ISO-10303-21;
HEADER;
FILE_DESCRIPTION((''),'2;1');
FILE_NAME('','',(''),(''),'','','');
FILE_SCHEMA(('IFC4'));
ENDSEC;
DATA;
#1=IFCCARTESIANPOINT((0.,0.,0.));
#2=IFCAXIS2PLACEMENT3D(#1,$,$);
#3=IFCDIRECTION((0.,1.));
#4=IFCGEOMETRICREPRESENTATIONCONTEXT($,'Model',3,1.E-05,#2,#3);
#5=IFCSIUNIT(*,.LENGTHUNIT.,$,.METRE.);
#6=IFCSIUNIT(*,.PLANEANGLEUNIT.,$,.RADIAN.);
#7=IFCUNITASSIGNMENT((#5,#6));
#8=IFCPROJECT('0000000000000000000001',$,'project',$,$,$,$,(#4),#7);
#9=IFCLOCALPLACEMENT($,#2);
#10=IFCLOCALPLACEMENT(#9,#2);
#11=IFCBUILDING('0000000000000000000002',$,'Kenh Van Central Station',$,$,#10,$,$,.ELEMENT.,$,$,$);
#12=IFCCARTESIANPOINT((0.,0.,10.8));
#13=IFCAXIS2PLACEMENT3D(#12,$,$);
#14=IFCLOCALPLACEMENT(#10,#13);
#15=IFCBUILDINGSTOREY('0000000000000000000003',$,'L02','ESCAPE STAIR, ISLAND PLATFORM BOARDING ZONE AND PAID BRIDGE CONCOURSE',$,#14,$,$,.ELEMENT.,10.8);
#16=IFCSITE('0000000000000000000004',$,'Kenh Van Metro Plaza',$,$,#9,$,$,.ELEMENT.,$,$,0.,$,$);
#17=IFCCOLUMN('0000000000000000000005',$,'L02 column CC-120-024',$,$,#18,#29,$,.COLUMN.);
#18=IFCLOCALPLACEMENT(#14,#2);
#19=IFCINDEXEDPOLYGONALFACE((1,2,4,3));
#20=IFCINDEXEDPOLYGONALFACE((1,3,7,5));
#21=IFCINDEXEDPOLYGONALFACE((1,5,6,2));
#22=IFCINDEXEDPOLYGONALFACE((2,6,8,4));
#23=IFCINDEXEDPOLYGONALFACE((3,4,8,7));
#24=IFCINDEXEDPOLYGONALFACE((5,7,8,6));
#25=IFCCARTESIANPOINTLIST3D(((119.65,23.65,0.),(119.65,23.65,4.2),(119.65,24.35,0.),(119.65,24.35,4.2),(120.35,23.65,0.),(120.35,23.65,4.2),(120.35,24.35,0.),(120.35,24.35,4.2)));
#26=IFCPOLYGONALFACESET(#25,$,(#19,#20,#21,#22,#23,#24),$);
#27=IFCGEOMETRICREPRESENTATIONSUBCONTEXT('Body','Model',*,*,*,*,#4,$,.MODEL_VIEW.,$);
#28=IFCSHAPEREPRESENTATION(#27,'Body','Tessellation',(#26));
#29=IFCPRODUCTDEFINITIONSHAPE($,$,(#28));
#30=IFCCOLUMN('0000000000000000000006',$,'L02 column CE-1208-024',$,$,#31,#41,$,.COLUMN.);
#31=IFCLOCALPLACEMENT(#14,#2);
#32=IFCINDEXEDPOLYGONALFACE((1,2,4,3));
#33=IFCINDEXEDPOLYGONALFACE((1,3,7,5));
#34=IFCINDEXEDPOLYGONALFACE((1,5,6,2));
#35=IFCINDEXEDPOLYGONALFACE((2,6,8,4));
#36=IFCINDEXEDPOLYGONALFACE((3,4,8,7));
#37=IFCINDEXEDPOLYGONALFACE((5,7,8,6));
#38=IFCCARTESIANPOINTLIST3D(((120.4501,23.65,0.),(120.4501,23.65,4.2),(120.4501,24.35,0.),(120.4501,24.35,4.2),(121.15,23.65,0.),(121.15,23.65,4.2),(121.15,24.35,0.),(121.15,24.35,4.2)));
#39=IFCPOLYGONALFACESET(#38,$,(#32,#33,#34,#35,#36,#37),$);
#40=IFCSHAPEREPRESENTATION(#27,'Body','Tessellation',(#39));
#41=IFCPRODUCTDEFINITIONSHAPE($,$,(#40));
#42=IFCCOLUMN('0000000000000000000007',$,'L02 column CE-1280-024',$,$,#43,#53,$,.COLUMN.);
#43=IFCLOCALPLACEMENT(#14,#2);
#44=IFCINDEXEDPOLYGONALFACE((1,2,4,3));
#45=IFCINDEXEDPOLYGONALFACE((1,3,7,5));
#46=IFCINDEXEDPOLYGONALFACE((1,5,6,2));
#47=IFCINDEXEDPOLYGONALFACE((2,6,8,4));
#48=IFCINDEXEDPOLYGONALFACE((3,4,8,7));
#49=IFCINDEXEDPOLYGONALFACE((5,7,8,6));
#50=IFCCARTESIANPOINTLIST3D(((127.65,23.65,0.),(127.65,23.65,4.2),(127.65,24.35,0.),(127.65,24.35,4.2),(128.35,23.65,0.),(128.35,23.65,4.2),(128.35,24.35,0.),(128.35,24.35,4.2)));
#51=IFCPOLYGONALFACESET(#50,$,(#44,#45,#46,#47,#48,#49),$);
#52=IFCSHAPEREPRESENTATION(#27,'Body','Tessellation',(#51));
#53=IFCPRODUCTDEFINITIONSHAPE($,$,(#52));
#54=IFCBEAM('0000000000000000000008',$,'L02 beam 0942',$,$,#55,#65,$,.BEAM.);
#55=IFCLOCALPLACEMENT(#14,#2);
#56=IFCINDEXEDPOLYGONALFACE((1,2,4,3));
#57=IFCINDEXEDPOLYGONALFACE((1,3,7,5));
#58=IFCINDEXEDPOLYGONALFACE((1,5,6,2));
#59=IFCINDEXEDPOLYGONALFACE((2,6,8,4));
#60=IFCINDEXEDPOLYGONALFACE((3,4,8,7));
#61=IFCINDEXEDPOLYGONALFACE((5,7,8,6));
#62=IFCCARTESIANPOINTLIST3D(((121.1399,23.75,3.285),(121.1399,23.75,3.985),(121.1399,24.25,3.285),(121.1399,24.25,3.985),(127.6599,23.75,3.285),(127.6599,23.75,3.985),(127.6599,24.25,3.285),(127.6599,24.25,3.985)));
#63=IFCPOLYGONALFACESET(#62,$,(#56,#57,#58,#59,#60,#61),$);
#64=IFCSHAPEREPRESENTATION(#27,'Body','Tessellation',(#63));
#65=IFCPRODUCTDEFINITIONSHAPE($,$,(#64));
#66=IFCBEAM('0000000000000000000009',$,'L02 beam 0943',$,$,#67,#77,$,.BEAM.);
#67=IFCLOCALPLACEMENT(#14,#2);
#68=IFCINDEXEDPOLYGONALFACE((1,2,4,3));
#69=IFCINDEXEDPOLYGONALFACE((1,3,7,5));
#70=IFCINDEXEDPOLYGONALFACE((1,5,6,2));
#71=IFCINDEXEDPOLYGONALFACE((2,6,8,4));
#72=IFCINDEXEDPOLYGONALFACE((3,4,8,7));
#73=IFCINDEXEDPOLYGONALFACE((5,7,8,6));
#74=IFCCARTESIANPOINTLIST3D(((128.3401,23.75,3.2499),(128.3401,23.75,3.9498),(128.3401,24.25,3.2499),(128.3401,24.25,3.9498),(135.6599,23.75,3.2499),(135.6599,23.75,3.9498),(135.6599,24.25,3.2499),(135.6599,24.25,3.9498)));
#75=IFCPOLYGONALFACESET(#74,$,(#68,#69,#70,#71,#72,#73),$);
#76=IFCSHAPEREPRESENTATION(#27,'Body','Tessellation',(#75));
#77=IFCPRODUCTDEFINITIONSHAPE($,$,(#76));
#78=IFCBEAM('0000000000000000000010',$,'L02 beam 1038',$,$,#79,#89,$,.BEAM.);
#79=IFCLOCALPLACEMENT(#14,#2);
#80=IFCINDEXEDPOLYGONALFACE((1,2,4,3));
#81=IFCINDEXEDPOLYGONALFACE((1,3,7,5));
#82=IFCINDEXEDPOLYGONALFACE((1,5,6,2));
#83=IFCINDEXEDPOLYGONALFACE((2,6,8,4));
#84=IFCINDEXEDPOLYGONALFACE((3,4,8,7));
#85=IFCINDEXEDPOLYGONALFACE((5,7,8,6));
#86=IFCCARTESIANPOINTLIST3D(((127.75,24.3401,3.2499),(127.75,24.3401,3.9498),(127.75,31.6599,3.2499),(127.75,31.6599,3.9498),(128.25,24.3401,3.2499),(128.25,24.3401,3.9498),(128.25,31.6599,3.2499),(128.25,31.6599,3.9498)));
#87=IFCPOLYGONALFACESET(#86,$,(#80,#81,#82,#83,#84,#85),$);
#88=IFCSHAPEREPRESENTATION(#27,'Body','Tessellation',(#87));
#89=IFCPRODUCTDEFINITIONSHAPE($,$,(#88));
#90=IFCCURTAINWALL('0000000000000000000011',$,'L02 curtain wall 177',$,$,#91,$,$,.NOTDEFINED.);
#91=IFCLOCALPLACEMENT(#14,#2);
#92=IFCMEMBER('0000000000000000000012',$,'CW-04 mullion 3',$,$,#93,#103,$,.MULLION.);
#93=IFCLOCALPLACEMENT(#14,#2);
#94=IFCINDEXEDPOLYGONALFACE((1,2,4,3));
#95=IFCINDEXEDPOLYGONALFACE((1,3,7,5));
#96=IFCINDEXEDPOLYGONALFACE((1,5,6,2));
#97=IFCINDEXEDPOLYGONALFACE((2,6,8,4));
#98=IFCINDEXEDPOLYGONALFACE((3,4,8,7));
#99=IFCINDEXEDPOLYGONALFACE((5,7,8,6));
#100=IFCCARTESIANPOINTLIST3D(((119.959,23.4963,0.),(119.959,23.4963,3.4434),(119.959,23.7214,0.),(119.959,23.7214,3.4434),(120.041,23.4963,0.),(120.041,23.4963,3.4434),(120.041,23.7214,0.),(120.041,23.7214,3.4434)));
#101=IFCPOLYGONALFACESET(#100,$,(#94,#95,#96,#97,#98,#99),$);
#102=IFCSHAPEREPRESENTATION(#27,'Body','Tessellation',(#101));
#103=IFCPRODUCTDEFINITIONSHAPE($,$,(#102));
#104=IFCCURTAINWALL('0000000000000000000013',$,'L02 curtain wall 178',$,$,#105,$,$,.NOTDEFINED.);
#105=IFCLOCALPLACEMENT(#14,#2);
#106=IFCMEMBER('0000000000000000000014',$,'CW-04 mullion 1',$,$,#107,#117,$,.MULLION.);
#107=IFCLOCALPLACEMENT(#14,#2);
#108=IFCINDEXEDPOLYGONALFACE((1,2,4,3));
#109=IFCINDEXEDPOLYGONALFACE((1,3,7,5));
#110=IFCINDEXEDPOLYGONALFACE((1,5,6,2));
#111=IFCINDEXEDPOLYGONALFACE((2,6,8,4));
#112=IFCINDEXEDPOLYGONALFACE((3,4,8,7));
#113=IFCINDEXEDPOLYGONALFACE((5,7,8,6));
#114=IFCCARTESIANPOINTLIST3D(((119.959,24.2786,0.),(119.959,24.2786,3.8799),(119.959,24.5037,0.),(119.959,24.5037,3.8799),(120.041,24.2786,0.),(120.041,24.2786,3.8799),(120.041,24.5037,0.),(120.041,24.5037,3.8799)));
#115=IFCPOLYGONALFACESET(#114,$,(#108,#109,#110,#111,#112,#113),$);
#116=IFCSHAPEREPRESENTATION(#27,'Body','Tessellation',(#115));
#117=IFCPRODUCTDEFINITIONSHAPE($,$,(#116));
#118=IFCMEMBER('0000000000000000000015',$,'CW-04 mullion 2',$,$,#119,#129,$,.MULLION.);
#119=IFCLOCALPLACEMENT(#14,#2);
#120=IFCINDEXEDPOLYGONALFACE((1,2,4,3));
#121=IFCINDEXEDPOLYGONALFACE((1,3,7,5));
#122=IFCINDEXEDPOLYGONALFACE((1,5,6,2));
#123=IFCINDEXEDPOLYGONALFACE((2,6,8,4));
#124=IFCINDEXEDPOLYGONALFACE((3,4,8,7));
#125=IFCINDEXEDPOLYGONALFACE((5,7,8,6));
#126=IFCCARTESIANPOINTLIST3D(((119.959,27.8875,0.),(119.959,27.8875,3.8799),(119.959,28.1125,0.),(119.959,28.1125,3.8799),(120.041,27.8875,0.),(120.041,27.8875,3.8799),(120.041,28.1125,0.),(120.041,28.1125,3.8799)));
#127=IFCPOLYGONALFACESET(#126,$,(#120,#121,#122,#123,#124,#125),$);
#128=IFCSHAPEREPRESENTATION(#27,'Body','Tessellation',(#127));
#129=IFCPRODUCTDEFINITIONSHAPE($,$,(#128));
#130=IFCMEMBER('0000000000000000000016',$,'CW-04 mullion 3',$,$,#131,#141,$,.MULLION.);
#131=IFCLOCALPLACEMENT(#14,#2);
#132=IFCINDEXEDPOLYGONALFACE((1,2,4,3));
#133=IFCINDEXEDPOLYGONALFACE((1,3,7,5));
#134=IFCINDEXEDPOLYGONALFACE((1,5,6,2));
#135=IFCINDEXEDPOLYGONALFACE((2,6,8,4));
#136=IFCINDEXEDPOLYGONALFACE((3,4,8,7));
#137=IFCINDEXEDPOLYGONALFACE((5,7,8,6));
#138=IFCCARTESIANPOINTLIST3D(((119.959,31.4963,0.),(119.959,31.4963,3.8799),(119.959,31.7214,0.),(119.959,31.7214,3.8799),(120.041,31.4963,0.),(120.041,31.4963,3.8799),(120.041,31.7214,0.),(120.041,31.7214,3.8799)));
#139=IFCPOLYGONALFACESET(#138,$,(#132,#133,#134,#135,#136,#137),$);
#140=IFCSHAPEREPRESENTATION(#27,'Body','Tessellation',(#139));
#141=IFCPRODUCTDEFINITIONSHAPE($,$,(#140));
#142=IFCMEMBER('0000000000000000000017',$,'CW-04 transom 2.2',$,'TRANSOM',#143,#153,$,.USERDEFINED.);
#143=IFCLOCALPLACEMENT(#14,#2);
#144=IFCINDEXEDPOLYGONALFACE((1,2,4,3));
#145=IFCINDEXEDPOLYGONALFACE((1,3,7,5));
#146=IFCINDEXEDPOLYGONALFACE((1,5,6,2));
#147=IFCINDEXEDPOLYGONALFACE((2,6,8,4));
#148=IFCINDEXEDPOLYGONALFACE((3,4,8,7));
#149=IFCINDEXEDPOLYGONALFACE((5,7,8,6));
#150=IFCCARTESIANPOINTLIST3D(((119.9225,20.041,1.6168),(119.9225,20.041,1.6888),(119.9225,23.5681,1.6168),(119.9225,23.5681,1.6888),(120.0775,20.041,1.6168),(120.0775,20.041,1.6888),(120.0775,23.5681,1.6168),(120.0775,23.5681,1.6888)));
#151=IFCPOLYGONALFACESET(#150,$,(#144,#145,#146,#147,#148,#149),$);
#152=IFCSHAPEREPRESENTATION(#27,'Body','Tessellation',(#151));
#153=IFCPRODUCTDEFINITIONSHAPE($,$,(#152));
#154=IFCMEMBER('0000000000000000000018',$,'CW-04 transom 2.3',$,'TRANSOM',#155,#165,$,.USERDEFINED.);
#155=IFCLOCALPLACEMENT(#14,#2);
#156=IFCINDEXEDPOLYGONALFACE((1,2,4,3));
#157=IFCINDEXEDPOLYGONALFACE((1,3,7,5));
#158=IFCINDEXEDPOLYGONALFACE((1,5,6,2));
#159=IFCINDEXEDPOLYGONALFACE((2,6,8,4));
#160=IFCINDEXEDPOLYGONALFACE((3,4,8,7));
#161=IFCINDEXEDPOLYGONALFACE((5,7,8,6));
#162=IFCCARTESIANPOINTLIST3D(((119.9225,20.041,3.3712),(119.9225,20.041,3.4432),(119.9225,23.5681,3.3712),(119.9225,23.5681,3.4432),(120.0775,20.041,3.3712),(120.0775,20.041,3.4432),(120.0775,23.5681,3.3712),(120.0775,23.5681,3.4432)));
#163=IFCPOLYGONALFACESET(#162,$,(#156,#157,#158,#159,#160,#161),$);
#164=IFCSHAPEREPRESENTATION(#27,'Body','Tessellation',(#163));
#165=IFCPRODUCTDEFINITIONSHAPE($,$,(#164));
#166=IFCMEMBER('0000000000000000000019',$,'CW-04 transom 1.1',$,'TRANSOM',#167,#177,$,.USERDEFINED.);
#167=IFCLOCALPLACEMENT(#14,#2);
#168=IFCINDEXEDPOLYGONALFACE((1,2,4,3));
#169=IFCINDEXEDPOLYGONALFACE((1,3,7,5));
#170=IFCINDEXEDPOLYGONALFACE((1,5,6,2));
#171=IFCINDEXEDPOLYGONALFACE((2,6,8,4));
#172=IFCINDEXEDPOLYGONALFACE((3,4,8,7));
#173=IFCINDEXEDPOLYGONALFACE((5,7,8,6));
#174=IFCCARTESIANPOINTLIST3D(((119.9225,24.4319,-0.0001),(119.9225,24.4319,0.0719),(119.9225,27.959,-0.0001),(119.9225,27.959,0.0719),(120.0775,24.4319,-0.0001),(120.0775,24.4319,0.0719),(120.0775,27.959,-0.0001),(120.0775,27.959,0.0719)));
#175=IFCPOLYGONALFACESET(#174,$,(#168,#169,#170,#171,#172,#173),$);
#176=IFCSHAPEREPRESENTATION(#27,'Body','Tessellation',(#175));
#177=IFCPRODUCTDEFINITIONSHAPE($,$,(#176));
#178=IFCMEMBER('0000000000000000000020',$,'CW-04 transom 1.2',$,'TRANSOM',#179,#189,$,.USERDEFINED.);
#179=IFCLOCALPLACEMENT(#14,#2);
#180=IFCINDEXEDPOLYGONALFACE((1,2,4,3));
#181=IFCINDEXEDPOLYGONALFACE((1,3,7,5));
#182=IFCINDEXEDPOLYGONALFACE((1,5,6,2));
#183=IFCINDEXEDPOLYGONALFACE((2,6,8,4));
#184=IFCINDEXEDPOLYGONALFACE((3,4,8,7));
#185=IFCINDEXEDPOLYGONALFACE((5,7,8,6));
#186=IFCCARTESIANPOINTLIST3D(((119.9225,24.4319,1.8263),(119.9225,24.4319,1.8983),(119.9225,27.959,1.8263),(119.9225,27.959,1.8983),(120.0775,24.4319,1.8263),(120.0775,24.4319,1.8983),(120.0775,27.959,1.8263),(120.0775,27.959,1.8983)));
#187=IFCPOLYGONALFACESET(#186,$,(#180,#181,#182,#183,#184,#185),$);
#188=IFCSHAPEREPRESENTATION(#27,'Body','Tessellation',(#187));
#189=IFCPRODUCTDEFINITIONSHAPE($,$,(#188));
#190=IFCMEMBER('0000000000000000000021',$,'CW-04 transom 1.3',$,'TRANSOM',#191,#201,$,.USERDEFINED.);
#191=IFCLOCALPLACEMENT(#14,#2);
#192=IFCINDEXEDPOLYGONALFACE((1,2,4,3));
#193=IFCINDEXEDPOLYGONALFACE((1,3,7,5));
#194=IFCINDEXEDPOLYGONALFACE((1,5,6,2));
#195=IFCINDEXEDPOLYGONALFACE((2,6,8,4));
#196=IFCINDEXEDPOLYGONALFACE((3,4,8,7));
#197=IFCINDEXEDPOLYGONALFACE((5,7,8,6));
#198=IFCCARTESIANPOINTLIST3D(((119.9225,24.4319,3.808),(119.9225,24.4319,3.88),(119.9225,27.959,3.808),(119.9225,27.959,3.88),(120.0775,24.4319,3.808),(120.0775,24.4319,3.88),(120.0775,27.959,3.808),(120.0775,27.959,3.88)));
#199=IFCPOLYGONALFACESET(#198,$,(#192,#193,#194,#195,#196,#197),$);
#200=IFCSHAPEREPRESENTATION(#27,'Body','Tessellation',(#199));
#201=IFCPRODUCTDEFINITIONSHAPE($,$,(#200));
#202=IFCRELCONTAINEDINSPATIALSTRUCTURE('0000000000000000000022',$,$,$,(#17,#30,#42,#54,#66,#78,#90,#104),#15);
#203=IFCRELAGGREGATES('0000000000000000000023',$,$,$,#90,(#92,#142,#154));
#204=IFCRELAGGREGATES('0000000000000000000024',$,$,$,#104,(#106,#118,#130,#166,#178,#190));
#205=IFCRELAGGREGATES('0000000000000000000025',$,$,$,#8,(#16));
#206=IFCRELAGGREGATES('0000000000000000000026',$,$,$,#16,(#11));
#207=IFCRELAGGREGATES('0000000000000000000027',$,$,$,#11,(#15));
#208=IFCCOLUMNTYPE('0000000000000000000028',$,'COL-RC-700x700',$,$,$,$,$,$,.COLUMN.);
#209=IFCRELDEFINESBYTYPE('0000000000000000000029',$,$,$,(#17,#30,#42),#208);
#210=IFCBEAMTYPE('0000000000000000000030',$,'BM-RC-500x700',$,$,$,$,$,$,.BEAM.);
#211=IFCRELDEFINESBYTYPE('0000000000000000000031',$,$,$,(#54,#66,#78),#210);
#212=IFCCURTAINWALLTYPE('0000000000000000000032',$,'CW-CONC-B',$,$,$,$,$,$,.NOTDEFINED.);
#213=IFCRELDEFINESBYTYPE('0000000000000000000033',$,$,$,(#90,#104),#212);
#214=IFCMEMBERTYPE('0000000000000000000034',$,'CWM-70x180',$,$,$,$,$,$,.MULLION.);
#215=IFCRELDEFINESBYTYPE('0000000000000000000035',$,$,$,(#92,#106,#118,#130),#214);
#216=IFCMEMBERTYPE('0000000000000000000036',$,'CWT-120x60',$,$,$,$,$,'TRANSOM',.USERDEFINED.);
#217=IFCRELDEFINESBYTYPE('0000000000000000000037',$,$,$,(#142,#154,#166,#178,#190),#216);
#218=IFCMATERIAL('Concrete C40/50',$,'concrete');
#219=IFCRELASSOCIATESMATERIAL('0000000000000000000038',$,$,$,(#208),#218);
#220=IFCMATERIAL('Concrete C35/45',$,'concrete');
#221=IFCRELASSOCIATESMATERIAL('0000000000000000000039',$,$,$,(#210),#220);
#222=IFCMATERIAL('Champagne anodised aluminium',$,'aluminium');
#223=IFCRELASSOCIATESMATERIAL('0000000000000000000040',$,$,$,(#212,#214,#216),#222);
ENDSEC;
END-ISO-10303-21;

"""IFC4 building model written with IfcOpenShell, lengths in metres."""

from ifc_helpers import new_model, si_unit, direction, frame, origin, origin_2d, place, context, subcontext, project, spatial, rectangle, extrude, material, material_profile, profile_set, type_object, element, aggregate, save


model = new_model("IFC4")

# Units and contexts
model_context = context("Model", 3, precision=1e-05, world=origin(), true_north=direction((0.0, 1.0)))
body_context = subcontext(model_context, "Body", "Model", "MODEL_VIEW")
ifc_project = project(units=[si_unit("LENGTHUNIT", "METRE"), si_unit("PLANEANGLEUNIT", "RADIAN")], contexts=[model_context])

# Site, building, storey
site_placement = place(None, origin())
site = spatial("IfcSite", under=ifc_project, at=site_placement, Name="Kenh Van Metro Plaza", CompositionType="ELEMENT", RefElevation=0.0)
building_placement = place(site_placement, origin())
building = spatial("IfcBuilding", under=site, at=building_placement, Name="Kenh Van Central Station", CompositionType="ELEMENT")
storey_placement = place(building_placement, frame((0.0, 0.0, 10.8)))
storey = spatial("IfcBuildingStorey", under=building, at=storey_placement, Name="L02", Description="ESCAPE STAIR, ISLAND PLATFORM BOARDING ZONE AND PAID BRIDGE CONCOURSE", CompositionType="ELEMENT", Elevation=10.8)

# Columns
ifc_material_1 = material(Name="Concrete C40/50", Category="concrete")
ifc_material_profile_1 = material_profile(ifc_material_1, rectangle(XDim=0.7, YDim=0.7, at=origin_2d()), Name="RC 700x700")
ifc_profile_set_1 = profile_set([ifc_material_profile_1], Name="Concrete C40/50")
column_type = type_object("IfcColumnType", Name="COL-RC-700x700", PredefinedType="COLUMN", material=ifc_profile_set_1)
for number, where, z_axis, x_axis, name in (
    (1, (120.0, 24.0, 0.0), (0.0, 0.0, 1.0), (1.0, 0.0, 0.0), "L02 column CC-120-024"),
    (2, (120.8, 24.0, 0.0), (0.0, 0.0, 1.0), (1.0, 0.0, 0.0), "L02 column CE-1208-024"),
    (3, (128.0, 24.0, 0.0), (0.0, 0.0, 1.0), (1.0, 0.0, 0.0), "L02 column CE-1280-024"),
):
    element("IfcColumn", number, at=place(storey_placement, frame(where, z_axis=z_axis, x_axis=x_axis)), inside=storey, type_object=column_type, Name=name, PredefinedType="COLUMN", context=body_context, shape_type="SweptSolid", body=[
        extrude(rectangle(XDim=0.7, YDim=0.7, at=origin_2d()), origin(), (0.0, 0.0, 1.0), 4.2),
    ])

# Beams
ifc_material_2 = material(Name="Concrete C35/45", Category="concrete")
ifc_material_profile_2 = material_profile(ifc_material_2, rectangle(XDim=0.5, YDim=0.7, at=origin_2d()), Name="RC 500x700")
ifc_profile_set_2 = profile_set([ifc_material_profile_2], Name="Concrete C35/45")
beam_type_1 = type_object("IfcBeamType", Name="BM-RC-500x700", PredefinedType="BEAM", material=ifc_profile_set_2)
beam_1_placement = place(storey_placement, frame((121.1399, 24.0, 3.635), z_axis=(1.0, 0.0, 0.0), x_axis=(0.0, 1.0, 0.0)))
element("IfcBeam", 4, at=beam_1_placement, inside=storey, type_object=beam_type_1, Name="L02 beam 0942", PredefinedType="BEAM", context=body_context, shape_type="SweptSolid", body=[
    extrude(rectangle(XDim=0.5, YDim=0.7, at=origin_2d()), origin(), (0.0, 0.0, 1.0), 6.52),
])
for number, where, z_axis, x_axis, name in (
    (5, (128.3401, 24.0, 3.5999), (1.0, 0.0, 0.0), (0.0, 1.0, 0.0), "L02 beam 0943"),
    (6, (128.0, 24.3401, 3.5999), (0.0, 1.0, 0.0), (-1.0, 0.0, 0.0), "L02 beam 1038"),
):
    element("IfcBeam", number, at=place(storey_placement, frame(where, z_axis=z_axis, x_axis=x_axis)), inside=storey, type_object=beam_type_1, Name=name, PredefinedType="BEAM", context=body_context, shape_type="SweptSolid", body=[
        extrude(rectangle(XDim=0.5, YDim=0.7, at=origin_2d()), origin(), (0.0, 0.0, 1.0), 7.3198),
    ])

# Curtain wall, member
ifc_material_3 = material(Name="Champagne anodised aluminium", Category="aluminium")
curtain_wall_type = type_object("IfcCurtainWallType", Name="CW-CONC-B", PredefinedType="NOTDEFINED", material=ifc_material_3)
curtain_wall_1_placement = place(storey_placement, origin())
curtain_wall_1 = element("IfcCurtainWall", 7, at=curtain_wall_1_placement, inside=storey, type_object=curtain_wall_type, Name="L02 curtain wall 177", PredefinedType="NOTDEFINED")
ifc_material_profile_3 = material_profile(ifc_material_3, rectangle(XDim=0.082, YDim=0.2251, at=origin_2d()), Name="AL 82x225")
ifc_profile_set_3 = profile_set([ifc_material_profile_3], Name="Champagne anodised aluminium")
member_type_1 = type_object("IfcMemberType", Name="CWM-70x180", PredefinedType="MULLION", material=ifc_profile_set_3)
member_1_placement = place(storey_placement, frame((120.0, 23.6089, 0.0), z_axis=(0.0, 0.0, 1.0), x_axis=(-1.0, 0.0, 0.0)))
member_1 = element("IfcMember", 8, at=member_1_placement, type_object=member_type_1, Name="CW-04 mullion 3", PredefinedType="MULLION", context=body_context, shape_type="SweptSolid", body=[
    extrude(rectangle(XDim=0.082, YDim=0.2251, at=origin_2d()), origin(), (0.0, 0.0, 1.0), 3.4434),
])

# Curtain wall, members
curtain_wall_2_placement = place(storey_placement, origin())
curtain_wall_2 = element("IfcCurtainWall", 9, at=curtain_wall_2_placement, inside=storey, type_object=curtain_wall_type, Name="L02 curtain wall 178", PredefinedType="NOTDEFINED")
member_2_placement = place(storey_placement, frame((120.0, 24.3911, 0.0), z_axis=(0.0, 0.0, 1.0), x_axis=(-1.0, 0.0, 0.0)))
member_2 = element("IfcMember", 10, at=member_2_placement, type_object=member_type_1, Name="CW-04 mullion 1", PredefinedType="MULLION", context=body_context, shape_type="SweptSolid", body=[
    extrude(rectangle(XDim=0.082, YDim=0.2251, at=origin_2d()), origin(), (0.0, 0.0, 1.0), 3.8799),
])
member_3_placement = place(storey_placement, frame((120.0, 28.0, 0.0), z_axis=(0.0, 0.0, 1.0), x_axis=(-1.0, 0.0, 0.0)))
member_3 = element("IfcMember", 11, at=member_3_placement, type_object=member_type_1, Name="CW-04 mullion 2", PredefinedType="MULLION", context=body_context, shape_type="SweptSolid", body=[
    extrude(rectangle(XDim=0.082, YDim=0.2251, at=origin_2d()), origin(), (0.0, 0.0, 1.0), 3.8799),
])
member_4_placement = place(storey_placement, frame((120.0, 31.6089, 0.0), z_axis=(0.0, 0.0, 1.0), x_axis=(-1.0, 0.0, 0.0)))
member_4 = element("IfcMember", 12, at=member_4_placement, type_object=member_type_1, Name="CW-04 mullion 3", PredefinedType="MULLION", context=body_context, shape_type="SweptSolid", body=[
    extrude(rectangle(XDim=0.082, YDim=0.2251, at=origin_2d()), origin(), (0.0, 0.0, 1.0), 3.8799),
])

# Members
ifc_material_profile_4 = material_profile(ifc_material_3, rectangle(XDim=0.155, YDim=0.072, at=origin_2d()), Name="AL 155x72")
ifc_profile_set_4 = profile_set([ifc_material_profile_4], Name="Champagne anodised aluminium")
member_type_2 = type_object("IfcMemberType", Name="CWT-120x60", ElementType="TRANSOM", PredefinedType="USERDEFINED", material=ifc_profile_set_4)
member_5_placement = place(storey_placement, frame((120.0, 20.041, 1.6528), z_axis=(0.0, 1.0, 0.0), x_axis=(-1.0, 0.0, 0.0)))
member_5 = element("IfcMember", 13, at=member_5_placement, type_object=member_type_2, Name="CW-04 transom 2.2", ObjectType="TRANSOM", PredefinedType="USERDEFINED", context=body_context, shape_type="SweptSolid", body=[
    extrude(rectangle(XDim=0.155, YDim=0.072, at=origin_2d()), origin(), (0.0, 0.0, 1.0), 3.5271),
])
member_6_placement = place(storey_placement, frame((120.0, 20.041, 3.4072), z_axis=(0.0, 1.0, 0.0), x_axis=(-1.0, 0.0, 0.0)))
member_6 = element("IfcMember", 14, at=member_6_placement, type_object=member_type_2, Name="CW-04 transom 2.3", ObjectType="TRANSOM", PredefinedType="USERDEFINED", context=body_context, shape_type="SweptSolid", body=[
    extrude(rectangle(XDim=0.155, YDim=0.072, at=origin_2d()), origin(), (0.0, 0.0, 1.0), 3.5271),
])
member_7_placement = place(storey_placement, frame((120.0, 24.4319, 0.0359), z_axis=(0.0, 1.0, 0.0), x_axis=(-1.0, 0.0, 0.0)))
member_7 = element("IfcMember", 15, at=member_7_placement, type_object=member_type_2, Name="CW-04 transom 1.1", ObjectType="TRANSOM", PredefinedType="USERDEFINED", context=body_context, shape_type="SweptSolid", body=[
    extrude(rectangle(XDim=0.155, YDim=0.072, at=origin_2d()), origin(), (0.0, 0.0, 1.0), 3.5271),
])
member_8_placement = place(storey_placement, frame((120.0, 24.4319, 1.8623), z_axis=(0.0, 1.0, 0.0), x_axis=(-1.0, 0.0, 0.0)))
member_8 = element("IfcMember", 16, at=member_8_placement, type_object=member_type_2, Name="CW-04 transom 1.2", ObjectType="TRANSOM", PredefinedType="USERDEFINED", context=body_context, shape_type="SweptSolid", body=[
    extrude(rectangle(XDim=0.155, YDim=0.072, at=origin_2d()), origin(), (0.0, 0.0, 1.0), 3.5271),
])
member_9_placement = place(storey_placement, frame((120.0, 24.4319, 3.844), z_axis=(0.0, 1.0, 0.0), x_axis=(-1.0, 0.0, 0.0)))
member_9 = element("IfcMember", 17, at=member_9_placement, type_object=member_type_2, Name="CW-04 transom 1.3", ObjectType="TRANSOM", PredefinedType="USERDEFINED", context=body_context, shape_type="SweptSolid", body=[
    extrude(rectangle(XDim=0.155, YDim=0.072, at=origin_2d()), origin(), (0.0, 0.0, 1.0), 3.5271),
])

aggregate(curtain_wall_1, [member_1, member_5, member_6])
aggregate(curtain_wall_2, [member_2, member_3, member_4, member_7, member_8, member_9])

save(model, "model.ifc")
